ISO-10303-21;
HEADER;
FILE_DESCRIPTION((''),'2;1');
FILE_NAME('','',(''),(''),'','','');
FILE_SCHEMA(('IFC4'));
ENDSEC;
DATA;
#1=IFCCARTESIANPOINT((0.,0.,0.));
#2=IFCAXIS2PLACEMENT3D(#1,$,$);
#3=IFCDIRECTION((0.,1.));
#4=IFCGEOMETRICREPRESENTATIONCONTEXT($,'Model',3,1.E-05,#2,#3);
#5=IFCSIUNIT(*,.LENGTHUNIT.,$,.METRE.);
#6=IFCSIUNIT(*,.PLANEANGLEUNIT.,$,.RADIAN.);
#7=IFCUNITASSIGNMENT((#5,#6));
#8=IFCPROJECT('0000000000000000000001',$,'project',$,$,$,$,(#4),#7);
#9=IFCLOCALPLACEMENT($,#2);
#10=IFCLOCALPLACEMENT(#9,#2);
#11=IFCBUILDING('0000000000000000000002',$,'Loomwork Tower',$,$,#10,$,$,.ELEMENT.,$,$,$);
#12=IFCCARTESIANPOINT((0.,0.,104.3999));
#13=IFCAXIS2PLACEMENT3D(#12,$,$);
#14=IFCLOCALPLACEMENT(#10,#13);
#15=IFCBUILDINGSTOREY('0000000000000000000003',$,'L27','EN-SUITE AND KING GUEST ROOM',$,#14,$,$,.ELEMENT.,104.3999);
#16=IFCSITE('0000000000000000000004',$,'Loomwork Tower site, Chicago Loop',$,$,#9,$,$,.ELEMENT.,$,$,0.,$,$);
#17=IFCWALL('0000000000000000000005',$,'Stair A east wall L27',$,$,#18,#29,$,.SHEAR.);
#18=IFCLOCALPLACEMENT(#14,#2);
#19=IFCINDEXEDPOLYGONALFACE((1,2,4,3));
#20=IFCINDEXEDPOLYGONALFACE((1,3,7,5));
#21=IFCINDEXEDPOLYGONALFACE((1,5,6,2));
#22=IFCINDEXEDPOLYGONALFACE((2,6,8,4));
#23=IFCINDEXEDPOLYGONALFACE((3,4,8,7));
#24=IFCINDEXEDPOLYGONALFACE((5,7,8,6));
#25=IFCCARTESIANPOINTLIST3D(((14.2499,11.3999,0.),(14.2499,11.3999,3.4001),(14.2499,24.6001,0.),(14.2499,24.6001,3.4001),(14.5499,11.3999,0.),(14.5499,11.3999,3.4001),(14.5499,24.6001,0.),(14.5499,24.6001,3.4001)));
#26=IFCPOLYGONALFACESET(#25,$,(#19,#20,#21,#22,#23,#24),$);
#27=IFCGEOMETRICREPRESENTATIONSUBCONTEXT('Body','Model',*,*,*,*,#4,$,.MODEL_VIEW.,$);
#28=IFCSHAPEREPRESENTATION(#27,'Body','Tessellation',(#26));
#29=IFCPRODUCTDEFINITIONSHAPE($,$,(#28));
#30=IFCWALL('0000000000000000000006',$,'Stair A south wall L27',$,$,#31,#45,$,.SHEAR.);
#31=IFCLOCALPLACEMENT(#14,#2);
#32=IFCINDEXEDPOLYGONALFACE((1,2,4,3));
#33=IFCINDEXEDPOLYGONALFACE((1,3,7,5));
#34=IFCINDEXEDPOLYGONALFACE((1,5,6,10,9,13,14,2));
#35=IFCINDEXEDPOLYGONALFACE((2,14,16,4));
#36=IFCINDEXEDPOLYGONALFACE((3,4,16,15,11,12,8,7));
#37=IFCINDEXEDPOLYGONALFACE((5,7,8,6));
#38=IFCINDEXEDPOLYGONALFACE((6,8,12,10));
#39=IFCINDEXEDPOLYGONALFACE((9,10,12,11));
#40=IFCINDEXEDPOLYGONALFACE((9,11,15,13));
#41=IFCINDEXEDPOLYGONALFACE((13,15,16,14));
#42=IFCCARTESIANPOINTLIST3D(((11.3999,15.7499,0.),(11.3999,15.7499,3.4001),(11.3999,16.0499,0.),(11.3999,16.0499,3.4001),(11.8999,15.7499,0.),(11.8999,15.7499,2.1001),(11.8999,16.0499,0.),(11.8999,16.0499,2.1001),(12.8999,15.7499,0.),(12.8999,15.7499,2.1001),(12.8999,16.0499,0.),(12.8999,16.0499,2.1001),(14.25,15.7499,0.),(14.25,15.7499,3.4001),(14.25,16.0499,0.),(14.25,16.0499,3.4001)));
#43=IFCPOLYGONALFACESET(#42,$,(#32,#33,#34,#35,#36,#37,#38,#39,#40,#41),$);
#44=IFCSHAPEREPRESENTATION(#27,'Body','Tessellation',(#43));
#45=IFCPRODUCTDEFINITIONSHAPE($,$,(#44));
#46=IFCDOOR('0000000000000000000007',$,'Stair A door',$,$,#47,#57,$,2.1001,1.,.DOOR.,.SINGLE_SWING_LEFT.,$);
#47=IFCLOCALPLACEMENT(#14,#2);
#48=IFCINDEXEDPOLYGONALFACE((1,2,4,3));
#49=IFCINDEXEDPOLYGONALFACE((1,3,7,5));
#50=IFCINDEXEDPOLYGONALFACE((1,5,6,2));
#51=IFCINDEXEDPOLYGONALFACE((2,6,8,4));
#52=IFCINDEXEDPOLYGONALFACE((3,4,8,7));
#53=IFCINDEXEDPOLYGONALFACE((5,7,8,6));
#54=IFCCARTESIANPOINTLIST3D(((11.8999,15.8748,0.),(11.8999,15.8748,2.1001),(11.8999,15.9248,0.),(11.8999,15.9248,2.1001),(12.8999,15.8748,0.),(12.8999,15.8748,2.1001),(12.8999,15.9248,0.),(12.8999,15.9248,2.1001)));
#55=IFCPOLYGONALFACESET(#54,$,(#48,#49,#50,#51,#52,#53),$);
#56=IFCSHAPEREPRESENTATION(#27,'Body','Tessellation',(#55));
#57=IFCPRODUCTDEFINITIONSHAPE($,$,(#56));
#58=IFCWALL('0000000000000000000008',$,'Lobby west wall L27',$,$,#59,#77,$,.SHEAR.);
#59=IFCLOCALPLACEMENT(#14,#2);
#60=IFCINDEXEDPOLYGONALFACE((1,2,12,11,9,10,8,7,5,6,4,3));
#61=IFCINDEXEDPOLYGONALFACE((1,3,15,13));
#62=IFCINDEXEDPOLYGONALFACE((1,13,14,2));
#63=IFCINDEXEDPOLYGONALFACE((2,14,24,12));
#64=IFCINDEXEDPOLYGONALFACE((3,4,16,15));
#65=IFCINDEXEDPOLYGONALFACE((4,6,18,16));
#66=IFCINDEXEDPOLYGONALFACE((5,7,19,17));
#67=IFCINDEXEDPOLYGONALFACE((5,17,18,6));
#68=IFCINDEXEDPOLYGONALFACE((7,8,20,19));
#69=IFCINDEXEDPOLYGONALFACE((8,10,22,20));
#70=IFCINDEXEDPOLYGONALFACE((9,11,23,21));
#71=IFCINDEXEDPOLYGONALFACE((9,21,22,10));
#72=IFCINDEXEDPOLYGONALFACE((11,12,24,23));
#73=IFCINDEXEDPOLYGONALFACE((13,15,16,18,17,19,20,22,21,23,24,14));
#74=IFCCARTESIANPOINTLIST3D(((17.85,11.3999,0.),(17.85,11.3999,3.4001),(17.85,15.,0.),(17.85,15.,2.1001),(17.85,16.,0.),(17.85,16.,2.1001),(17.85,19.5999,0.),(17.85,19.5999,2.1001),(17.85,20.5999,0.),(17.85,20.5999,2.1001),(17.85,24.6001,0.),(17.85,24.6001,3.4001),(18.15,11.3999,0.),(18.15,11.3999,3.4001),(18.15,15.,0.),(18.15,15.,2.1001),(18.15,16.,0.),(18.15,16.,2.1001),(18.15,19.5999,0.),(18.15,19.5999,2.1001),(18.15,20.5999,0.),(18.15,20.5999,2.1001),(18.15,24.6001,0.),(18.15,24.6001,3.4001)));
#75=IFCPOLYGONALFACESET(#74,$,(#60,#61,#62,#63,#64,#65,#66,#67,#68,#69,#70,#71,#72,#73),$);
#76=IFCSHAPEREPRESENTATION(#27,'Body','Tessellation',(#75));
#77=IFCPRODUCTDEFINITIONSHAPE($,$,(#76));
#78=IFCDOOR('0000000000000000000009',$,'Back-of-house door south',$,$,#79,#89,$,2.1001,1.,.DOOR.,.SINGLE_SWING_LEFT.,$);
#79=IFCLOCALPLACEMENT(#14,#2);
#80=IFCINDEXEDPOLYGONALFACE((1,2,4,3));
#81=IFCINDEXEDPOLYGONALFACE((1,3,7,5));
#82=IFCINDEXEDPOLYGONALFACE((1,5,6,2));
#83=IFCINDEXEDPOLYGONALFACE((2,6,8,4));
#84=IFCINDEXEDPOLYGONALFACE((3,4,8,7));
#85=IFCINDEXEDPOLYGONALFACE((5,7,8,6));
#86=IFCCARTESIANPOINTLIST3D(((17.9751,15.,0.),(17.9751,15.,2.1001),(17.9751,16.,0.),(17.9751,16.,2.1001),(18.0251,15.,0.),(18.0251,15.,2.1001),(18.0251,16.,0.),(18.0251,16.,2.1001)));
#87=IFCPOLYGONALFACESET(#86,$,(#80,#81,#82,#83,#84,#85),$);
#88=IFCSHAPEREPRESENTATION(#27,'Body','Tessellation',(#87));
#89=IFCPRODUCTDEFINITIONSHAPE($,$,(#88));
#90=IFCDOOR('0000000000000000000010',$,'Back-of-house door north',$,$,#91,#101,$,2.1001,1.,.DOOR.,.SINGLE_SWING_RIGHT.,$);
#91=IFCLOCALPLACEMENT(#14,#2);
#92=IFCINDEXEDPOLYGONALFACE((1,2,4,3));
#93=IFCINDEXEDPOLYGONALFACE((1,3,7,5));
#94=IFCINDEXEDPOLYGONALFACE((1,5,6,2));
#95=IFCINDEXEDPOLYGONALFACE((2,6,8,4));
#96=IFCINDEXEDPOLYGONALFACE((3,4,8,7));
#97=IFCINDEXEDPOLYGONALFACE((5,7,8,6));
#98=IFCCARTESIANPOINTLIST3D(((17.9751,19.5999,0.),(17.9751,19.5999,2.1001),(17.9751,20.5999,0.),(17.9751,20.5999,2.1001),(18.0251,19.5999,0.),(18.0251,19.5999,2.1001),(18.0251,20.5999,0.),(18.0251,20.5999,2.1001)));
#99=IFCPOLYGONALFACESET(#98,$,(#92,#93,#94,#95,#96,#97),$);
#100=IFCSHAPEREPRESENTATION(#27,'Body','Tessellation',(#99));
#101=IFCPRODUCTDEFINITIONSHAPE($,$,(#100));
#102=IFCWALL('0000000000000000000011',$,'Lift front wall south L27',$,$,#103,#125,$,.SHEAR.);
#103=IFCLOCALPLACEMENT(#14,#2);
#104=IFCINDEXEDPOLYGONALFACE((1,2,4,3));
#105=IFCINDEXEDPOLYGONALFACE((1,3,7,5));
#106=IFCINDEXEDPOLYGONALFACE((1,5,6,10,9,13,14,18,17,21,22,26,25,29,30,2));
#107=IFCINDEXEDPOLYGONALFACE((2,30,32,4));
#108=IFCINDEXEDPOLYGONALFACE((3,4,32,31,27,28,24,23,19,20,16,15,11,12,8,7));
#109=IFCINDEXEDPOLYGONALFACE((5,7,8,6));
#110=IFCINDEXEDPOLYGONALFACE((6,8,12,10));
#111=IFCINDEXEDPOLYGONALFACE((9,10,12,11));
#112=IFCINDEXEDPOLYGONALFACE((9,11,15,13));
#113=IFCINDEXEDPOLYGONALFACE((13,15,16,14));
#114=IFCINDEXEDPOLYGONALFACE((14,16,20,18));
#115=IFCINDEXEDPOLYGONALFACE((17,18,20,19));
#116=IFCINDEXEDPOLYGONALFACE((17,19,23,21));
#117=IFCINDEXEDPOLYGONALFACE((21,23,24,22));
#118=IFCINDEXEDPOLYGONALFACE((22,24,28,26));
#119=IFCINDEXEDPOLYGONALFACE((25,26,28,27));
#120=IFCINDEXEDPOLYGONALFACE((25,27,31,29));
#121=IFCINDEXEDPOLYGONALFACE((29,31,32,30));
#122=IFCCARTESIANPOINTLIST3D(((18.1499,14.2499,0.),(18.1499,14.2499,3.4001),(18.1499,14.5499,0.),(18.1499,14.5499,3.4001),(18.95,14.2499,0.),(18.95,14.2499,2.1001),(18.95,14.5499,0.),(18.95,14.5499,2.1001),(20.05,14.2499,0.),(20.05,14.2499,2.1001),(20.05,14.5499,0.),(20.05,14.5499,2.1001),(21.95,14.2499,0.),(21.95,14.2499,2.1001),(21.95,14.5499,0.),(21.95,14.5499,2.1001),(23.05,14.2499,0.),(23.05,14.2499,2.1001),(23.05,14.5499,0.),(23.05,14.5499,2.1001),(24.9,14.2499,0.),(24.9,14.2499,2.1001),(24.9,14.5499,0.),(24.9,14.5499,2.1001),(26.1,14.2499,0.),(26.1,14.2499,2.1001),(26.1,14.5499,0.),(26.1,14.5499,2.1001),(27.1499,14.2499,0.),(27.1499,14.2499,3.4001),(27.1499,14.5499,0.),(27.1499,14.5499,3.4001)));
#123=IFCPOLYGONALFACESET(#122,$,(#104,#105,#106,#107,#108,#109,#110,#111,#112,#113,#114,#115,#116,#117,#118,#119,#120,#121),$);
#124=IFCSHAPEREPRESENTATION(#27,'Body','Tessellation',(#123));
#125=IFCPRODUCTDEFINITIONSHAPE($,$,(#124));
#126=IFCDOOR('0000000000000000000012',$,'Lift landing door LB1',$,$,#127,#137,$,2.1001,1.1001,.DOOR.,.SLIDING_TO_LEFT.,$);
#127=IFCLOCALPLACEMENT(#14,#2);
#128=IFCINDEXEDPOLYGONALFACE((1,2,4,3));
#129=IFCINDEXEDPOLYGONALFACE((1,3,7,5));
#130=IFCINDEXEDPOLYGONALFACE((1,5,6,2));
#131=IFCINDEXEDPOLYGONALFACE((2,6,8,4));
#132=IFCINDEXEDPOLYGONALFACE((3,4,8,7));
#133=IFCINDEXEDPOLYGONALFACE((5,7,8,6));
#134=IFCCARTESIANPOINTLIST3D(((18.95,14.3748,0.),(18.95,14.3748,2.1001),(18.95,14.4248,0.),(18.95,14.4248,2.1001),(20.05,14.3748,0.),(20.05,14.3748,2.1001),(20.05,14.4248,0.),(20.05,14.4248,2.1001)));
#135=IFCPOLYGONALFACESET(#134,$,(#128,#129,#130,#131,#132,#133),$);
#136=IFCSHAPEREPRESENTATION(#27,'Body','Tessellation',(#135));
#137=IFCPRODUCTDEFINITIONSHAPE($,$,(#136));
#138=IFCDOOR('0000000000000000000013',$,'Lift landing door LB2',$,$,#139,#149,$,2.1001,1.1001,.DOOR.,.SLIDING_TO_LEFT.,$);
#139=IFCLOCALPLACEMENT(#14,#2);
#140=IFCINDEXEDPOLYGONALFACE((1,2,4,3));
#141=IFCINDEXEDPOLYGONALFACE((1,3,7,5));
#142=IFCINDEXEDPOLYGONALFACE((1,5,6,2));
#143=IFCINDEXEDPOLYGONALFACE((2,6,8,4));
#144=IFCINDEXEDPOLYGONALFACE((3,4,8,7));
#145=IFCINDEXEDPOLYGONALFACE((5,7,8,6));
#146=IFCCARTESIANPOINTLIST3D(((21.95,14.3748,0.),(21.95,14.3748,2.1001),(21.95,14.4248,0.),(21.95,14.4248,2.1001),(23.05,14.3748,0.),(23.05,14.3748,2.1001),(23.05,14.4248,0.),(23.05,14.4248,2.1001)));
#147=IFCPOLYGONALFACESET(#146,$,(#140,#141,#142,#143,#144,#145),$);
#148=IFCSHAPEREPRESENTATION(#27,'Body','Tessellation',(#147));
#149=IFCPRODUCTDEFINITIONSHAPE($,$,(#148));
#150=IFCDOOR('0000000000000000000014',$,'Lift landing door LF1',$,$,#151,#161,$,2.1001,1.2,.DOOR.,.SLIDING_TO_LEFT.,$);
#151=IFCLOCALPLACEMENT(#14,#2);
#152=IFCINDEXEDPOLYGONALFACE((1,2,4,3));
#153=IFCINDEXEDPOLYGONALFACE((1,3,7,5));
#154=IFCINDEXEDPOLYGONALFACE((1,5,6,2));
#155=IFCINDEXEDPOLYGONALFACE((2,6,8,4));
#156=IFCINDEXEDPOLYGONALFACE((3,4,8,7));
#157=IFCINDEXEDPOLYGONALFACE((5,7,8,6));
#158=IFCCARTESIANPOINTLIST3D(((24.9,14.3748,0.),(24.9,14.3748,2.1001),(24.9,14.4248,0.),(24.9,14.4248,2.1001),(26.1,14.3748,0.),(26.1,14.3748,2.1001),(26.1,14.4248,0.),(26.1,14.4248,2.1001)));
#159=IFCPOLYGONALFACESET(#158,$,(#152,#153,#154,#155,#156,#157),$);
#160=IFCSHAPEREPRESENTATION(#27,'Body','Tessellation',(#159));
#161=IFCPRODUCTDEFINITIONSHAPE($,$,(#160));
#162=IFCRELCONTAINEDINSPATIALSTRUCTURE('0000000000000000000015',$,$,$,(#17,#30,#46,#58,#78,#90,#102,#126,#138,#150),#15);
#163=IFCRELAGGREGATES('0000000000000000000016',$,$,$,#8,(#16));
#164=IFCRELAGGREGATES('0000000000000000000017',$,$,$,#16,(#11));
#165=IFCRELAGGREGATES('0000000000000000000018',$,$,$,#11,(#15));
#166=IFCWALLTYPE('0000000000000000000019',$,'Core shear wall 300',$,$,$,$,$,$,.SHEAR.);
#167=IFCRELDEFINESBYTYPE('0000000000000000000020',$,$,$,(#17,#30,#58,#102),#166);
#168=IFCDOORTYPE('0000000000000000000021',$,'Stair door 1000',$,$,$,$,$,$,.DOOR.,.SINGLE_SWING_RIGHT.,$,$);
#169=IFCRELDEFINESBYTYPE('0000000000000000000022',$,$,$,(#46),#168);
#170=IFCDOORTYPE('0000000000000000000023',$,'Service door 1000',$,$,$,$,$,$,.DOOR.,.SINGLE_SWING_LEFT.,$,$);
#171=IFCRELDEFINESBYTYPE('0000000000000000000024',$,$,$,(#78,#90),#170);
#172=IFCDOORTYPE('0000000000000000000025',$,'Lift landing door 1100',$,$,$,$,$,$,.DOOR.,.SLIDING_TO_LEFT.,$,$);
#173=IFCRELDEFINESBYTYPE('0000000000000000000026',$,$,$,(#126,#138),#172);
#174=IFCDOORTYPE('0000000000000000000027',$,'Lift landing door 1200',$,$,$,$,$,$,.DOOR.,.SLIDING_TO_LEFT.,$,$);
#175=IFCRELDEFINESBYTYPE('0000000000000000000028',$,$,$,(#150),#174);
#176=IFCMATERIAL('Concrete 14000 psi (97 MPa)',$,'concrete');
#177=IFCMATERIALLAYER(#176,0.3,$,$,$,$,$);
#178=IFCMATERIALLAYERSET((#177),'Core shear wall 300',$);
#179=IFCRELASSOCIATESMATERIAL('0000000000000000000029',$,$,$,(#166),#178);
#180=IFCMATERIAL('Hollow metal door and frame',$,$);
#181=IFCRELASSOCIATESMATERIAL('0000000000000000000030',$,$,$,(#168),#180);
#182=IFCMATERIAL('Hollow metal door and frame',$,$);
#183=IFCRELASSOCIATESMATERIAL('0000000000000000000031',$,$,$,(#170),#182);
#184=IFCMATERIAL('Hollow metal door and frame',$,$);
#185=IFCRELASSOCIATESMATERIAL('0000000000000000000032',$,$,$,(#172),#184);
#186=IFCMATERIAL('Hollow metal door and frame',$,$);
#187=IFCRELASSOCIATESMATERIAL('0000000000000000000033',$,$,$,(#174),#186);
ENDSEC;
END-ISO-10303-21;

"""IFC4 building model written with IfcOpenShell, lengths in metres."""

from ifc_helpers import new_model, si_unit, direction, frame, frame_2d, origin, place, context, subcontext, project, spatial, rectangle, extrude, material, layer, layer_set, type_object, element, fill, save


model = new_model("IFC4")

# Units and contexts
model_context = context("Model", 3, precision=1e-05, world=origin(), true_north=direction((0.0, 1.0)))
body_context = subcontext(model_context, "Body", "Model", "MODEL_VIEW")
ifc_project = project(units=[si_unit("LENGTHUNIT", "METRE"), si_unit("PLANEANGLEUNIT", "RADIAN")], contexts=[model_context])

# Site, building, storey
site_placement = place(None, origin())
site = spatial("IfcSite", under=ifc_project, at=site_placement, Name="Loomwork Tower site, Chicago Loop", CompositionType="ELEMENT", RefElevation=0.0)
building_placement = place(site_placement, origin())
building = spatial("IfcBuilding", under=site, at=building_placement, Name="Loomwork Tower", CompositionType="ELEMENT")
storey_placement = place(building_placement, frame((0.0, 0.0, 104.3999)))
storey = spatial("IfcBuildingStorey", under=building, at=storey_placement, Name="L27", Description="EN-SUITE AND KING GUEST ROOM", CompositionType="ELEMENT", Elevation=104.3999)

# Wall
ifc_material_1 = material(Name="Concrete 14000 psi (97 MPa)", Category="concrete")
ifc_layer_1 = layer(ifc_material_1, 0.3)
ifc_layer_set_1 = layer_set([ifc_layer_1], Name="Core shear wall 300")
wall_type_1 = type_object("IfcWallType", Name="Core shear wall 300", PredefinedType="SHEAR", material=ifc_layer_set_1)
wall_1_placement = place(storey_placement, frame((14.3999, 11.3999, 0.0), z_axis=(0.0, 0.0, 1.0), x_axis=(0.0, 1.0, 0.0)))
element("IfcWall", 1, at=wall_1_placement, inside=storey, type_object=wall_type_1, Name="Stair A east wall L27", PredefinedType="SHEAR", context=body_context, shape_type="SweptSolid", body=[
    extrude(rectangle(XDim=13.2002, YDim=0.3, at=frame_2d((6.6001, 0.0))), origin(), (0.0, 0.0, 1.0), 3.4001),
])

# Wall, opening, door
wall_2_placement = place(storey_placement, frame((11.3999, 15.8999, 0.0), z_axis=(0.0, 0.0, 1.0), x_axis=(1.0, 0.0, 0.0)))
wall_2 = element("IfcWall", 2, at=wall_2_placement, inside=storey, type_object=wall_type_1, Name="Stair A south wall L27", PredefinedType="SHEAR", context=body_context, shape_type="SweptSolid", body=[
    extrude(rectangle(XDim=2.8501, YDim=0.3, at=frame_2d((1.425, 0.0))), origin(), (0.0, 0.0, 1.0), 3.4001),
])
opening_1_placement = place(wall_2_placement, frame((0.5, 0.0, 0.0)))
opening_1 = element("IfcOpeningElement", 3, at=opening_1_placement, cuts=wall_2, PredefinedType="OPENING", context=body_context, shape_type="SweptSolid", body=[
    extrude(rectangle(XDim=1.0, YDim=2.1001, at=frame_2d((0.5, 1.05))), frame((0.0, 0.1599, 0.0), z_axis=(0.0, -1.0, 0.0), x_axis=(1.0, 0.0, 0.0)), (0.0, 0.0, 1.0), 0.3201),
])
ifc_material_2 = material(Name="Hollow metal door and frame")
door_type_1 = type_object("IfcDoorType", Name="Stair door 1000", OperationType="SINGLE_SWING_RIGHT", PredefinedType="DOOR", material=ifc_material_2)
door_1_placement = place(opening_1_placement, origin())
door_1 = element("IfcDoor", 4, at=door_1_placement, inside=storey, type_object=door_type_1, Name="Stair A door", OperationType="SINGLE_SWING_LEFT", OverallHeight=2.1001, OverallWidth=1.0, PredefinedType="DOOR", context=body_context, shape_type="SweptSolid", body=[
    extrude(rectangle(XDim=1.0, YDim=2.1001, at=frame_2d((0.5, 1.05))), frame((0.0, 0.0249, 0.0), z_axis=(0.0, -1.0, 0.0), x_axis=(1.0, 0.0, 0.0)), (0.0, 0.0, 1.0), 0.05),
])
fill(opening_1, door_1)

# Walls, openings, doors
wall_3_placement = place(storey_placement, frame((18.0, 11.3999, 0.0), z_axis=(0.0, 0.0, 1.0), x_axis=(0.0, 1.0, 0.0)))
wall_3 = element("IfcWall", 5, at=wall_3_placement, inside=storey, type_object=wall_type_1, Name="Lobby west wall L27", PredefinedType="SHEAR", context=body_context, shape_type="SweptSolid", body=[
    extrude(rectangle(XDim=13.2002, YDim=0.3, at=frame_2d((6.6001, 0.0))), origin(), (0.0, 0.0, 1.0), 3.4001),
])
opening_2_placement = place(wall_3_placement, frame((3.6001, 0.0, 0.0)))
opening_2 = element("IfcOpeningElement", 6, at=opening_2_placement, cuts=wall_3, PredefinedType="OPENING", context=body_context, shape_type="SweptSolid", body=[
    extrude(rectangle(XDim=1.0, YDim=2.1001, at=frame_2d((0.5, 1.05))), frame((0.0, 0.1599, 0.0), z_axis=(0.0, -1.0, 0.0), x_axis=(1.0, 0.0, 0.0)), (0.0, 0.0, 1.0), 0.3201),
])
opening_3_placement = place(wall_3_placement, frame((8.2, 0.0, 0.0)))
opening_3 = element("IfcOpeningElement", 7, at=opening_3_placement, cuts=wall_3, PredefinedType="OPENING", context=body_context, shape_type="SweptSolid", body=[
    extrude(rectangle(XDim=1.0, YDim=2.1001, at=frame_2d((0.5, 1.05))), frame((0.0, 0.1599, 0.0), z_axis=(0.0, -1.0, 0.0), x_axis=(1.0, 0.0, 0.0)), (0.0, 0.0, 1.0), 0.3201),
])
ifc_material_3 = material(Name="Hollow metal door and frame")
door_type_2 = type_object("IfcDoorType", Name="Service door 1000", OperationType="SINGLE_SWING_LEFT", PredefinedType="DOOR", material=ifc_material_3)
door_2_placement = place(opening_2_placement, origin())
door_2 = element("IfcDoor", 8, at=door_2_placement, inside=storey, type_object=door_type_2, Name="Back-of-house door south", OperationType="SINGLE_SWING_LEFT", OverallHeight=2.1001, OverallWidth=1.0, PredefinedType="DOOR", context=body_context, shape_type="SweptSolid", body=[
    extrude(rectangle(XDim=1.0, YDim=2.1001, at=frame_2d((0.5, 1.05))), frame((0.0, 0.0249, 0.0), z_axis=(0.0, -1.0, 0.0), x_axis=(1.0, 0.0, 0.0)), (0.0, 0.0, 1.0), 0.05),
])
fill(opening_2, door_2)
door_3_placement = place(opening_3_placement, origin())
door_3 = element("IfcDoor", 9, at=door_3_placement, inside=storey, type_object=door_type_2, Name="Back-of-house door north", OperationType="SINGLE_SWING_RIGHT", OverallHeight=2.1001, OverallWidth=1.0, PredefinedType="DOOR", context=body_context, shape_type="SweptSolid", body=[
    extrude(rectangle(XDim=1.0, YDim=2.1001, at=frame_2d((0.5, 1.05))), frame((0.0, 0.0249, 0.0), z_axis=(0.0, -1.0, 0.0), x_axis=(1.0, 0.0, 0.0)), (0.0, 0.0, 1.0), 0.05),
])
fill(opening_3, door_3)
wall_4_placement = place(storey_placement, frame((18.1499, 14.3999, 0.0), z_axis=(0.0, 0.0, 1.0), x_axis=(1.0, 0.0, 0.0)))
wall_4 = element("IfcWall", 10, at=wall_4_placement, inside=storey, type_object=wall_type_1, Name="Lift front wall south L27", PredefinedType="SHEAR", context=body_context, shape_type="SweptSolid", body=[
    extrude(rectangle(XDim=9.0, YDim=0.3, at=frame_2d((4.5, 0.0))), origin(), (0.0, 0.0, 1.0), 3.4001),
])
opening_4_placement = place(wall_4_placement, frame((0.8, 0.0, 0.0)))
opening_4 = element("IfcOpeningElement", 11, at=opening_4_placement, cuts=wall_4, PredefinedType="OPENING", context=body_context, shape_type="SweptSolid", body=[
    extrude(rectangle(XDim=1.1001, YDim=2.1001, at=frame_2d((0.55, 1.05))), frame((0.0, 0.1599, 0.0), z_axis=(0.0, -1.0, 0.0), x_axis=(1.0, 0.0, 0.0)), (0.0, 0.0, 1.0), 0.3201),
])
opening_5_placement = place(wall_4_placement, frame((3.8, 0.0, 0.0)))
opening_5 = element("IfcOpeningElement", 12, at=opening_5_placement, cuts=wall_4, PredefinedType="OPENING", context=body_context, shape_type="SweptSolid", body=[
    extrude(rectangle(XDim=1.1001, YDim=2.1001, at=frame_2d((0.55, 1.05))), frame((0.0, 0.1599, 0.0), z_axis=(0.0, -1.0, 0.0), x_axis=(1.0, 0.0, 0.0)), (0.0, 0.0, 1.0), 0.3201),
])
opening_6_placement = place(wall_4_placement, frame((6.75, 0.0, 0.0)))
opening_6 = element("IfcOpeningElement", 13, at=opening_6_placement, cuts=wall_4, PredefinedType="OPENING", context=body_context, shape_type="SweptSolid", body=[
    extrude(rectangle(XDim=1.2, YDim=2.1001, at=frame_2d((0.6001, 1.05))), frame((0.0, 0.1599, 0.0), z_axis=(0.0, -1.0, 0.0), x_axis=(1.0, 0.0, 0.0)), (0.0, 0.0, 1.0), 0.3201),
])
ifc_material_4 = material(Name="Hollow metal door and frame")
door_type_3 = type_object("IfcDoorType", Name="Lift landing door 1100", OperationType="SLIDING_TO_LEFT", PredefinedType="DOOR", material=ifc_material_4)
door_4_placement = place(opening_4_placement, origin())
door_4 = element("IfcDoor", 14, at=door_4_placement, inside=storey, type_object=door_type_3, Name="Lift landing door LB1", OperationType="SLIDING_TO_LEFT", OverallHeight=2.1001, OverallWidth=1.1001, PredefinedType="DOOR", context=body_context, shape_type="SweptSolid", body=[
    extrude(rectangle(XDim=1.1001, YDim=2.1001, at=frame_2d((0.55, 1.05))), frame((0.0, 0.0249, 0.0), z_axis=(0.0, -1.0, 0.0), x_axis=(1.0, 0.0, 0.0)), (0.0, 0.0, 1.0), 0.05),
])
fill(opening_4, door_4)
door_5_placement = place(opening_5_placement, origin())
door_5 = element("IfcDoor", 15, at=door_5_placement, inside=storey, type_object=door_type_3, Name="Lift landing door LB2", OperationType="SLIDING_TO_LEFT", OverallHeight=2.1001, OverallWidth=1.1001, PredefinedType="DOOR", context=body_context, shape_type="SweptSolid", body=[
    extrude(rectangle(XDim=1.1001, YDim=2.1001, at=frame_2d((0.55, 1.05))), frame((0.0, 0.0249, 0.0), z_axis=(0.0, -1.0, 0.0), x_axis=(1.0, 0.0, 0.0)), (0.0, 0.0, 1.0), 0.05),
])
fill(opening_5, door_5)
ifc_material_5 = material(Name="Hollow metal door and frame")
door_type_4 = type_object("IfcDoorType", Name="Lift landing door 1200", OperationType="SLIDING_TO_LEFT", PredefinedType="DOOR", material=ifc_material_5)
door_6_placement = place(opening_6_placement, origin())
door_6 = element("IfcDoor", 16, at=door_6_placement, inside=storey, type_object=door_type_4, Name="Lift landing door LF1", OperationType="SLIDING_TO_LEFT", OverallHeight=2.1001, OverallWidth=1.2, PredefinedType="DOOR", context=body_context, shape_type="SweptSolid", body=[
    extrude(rectangle(XDim=1.2, YDim=2.1001, at=frame_2d((0.6001, 1.05))), frame((0.0, 0.0249, 0.0), z_axis=(0.0, -1.0, 0.0), x_axis=(1.0, 0.0, 0.0)), (0.0, 0.0, 1.0), 0.05),
])
fill(opening_6, door_6)

save(model, "model.ifc")
